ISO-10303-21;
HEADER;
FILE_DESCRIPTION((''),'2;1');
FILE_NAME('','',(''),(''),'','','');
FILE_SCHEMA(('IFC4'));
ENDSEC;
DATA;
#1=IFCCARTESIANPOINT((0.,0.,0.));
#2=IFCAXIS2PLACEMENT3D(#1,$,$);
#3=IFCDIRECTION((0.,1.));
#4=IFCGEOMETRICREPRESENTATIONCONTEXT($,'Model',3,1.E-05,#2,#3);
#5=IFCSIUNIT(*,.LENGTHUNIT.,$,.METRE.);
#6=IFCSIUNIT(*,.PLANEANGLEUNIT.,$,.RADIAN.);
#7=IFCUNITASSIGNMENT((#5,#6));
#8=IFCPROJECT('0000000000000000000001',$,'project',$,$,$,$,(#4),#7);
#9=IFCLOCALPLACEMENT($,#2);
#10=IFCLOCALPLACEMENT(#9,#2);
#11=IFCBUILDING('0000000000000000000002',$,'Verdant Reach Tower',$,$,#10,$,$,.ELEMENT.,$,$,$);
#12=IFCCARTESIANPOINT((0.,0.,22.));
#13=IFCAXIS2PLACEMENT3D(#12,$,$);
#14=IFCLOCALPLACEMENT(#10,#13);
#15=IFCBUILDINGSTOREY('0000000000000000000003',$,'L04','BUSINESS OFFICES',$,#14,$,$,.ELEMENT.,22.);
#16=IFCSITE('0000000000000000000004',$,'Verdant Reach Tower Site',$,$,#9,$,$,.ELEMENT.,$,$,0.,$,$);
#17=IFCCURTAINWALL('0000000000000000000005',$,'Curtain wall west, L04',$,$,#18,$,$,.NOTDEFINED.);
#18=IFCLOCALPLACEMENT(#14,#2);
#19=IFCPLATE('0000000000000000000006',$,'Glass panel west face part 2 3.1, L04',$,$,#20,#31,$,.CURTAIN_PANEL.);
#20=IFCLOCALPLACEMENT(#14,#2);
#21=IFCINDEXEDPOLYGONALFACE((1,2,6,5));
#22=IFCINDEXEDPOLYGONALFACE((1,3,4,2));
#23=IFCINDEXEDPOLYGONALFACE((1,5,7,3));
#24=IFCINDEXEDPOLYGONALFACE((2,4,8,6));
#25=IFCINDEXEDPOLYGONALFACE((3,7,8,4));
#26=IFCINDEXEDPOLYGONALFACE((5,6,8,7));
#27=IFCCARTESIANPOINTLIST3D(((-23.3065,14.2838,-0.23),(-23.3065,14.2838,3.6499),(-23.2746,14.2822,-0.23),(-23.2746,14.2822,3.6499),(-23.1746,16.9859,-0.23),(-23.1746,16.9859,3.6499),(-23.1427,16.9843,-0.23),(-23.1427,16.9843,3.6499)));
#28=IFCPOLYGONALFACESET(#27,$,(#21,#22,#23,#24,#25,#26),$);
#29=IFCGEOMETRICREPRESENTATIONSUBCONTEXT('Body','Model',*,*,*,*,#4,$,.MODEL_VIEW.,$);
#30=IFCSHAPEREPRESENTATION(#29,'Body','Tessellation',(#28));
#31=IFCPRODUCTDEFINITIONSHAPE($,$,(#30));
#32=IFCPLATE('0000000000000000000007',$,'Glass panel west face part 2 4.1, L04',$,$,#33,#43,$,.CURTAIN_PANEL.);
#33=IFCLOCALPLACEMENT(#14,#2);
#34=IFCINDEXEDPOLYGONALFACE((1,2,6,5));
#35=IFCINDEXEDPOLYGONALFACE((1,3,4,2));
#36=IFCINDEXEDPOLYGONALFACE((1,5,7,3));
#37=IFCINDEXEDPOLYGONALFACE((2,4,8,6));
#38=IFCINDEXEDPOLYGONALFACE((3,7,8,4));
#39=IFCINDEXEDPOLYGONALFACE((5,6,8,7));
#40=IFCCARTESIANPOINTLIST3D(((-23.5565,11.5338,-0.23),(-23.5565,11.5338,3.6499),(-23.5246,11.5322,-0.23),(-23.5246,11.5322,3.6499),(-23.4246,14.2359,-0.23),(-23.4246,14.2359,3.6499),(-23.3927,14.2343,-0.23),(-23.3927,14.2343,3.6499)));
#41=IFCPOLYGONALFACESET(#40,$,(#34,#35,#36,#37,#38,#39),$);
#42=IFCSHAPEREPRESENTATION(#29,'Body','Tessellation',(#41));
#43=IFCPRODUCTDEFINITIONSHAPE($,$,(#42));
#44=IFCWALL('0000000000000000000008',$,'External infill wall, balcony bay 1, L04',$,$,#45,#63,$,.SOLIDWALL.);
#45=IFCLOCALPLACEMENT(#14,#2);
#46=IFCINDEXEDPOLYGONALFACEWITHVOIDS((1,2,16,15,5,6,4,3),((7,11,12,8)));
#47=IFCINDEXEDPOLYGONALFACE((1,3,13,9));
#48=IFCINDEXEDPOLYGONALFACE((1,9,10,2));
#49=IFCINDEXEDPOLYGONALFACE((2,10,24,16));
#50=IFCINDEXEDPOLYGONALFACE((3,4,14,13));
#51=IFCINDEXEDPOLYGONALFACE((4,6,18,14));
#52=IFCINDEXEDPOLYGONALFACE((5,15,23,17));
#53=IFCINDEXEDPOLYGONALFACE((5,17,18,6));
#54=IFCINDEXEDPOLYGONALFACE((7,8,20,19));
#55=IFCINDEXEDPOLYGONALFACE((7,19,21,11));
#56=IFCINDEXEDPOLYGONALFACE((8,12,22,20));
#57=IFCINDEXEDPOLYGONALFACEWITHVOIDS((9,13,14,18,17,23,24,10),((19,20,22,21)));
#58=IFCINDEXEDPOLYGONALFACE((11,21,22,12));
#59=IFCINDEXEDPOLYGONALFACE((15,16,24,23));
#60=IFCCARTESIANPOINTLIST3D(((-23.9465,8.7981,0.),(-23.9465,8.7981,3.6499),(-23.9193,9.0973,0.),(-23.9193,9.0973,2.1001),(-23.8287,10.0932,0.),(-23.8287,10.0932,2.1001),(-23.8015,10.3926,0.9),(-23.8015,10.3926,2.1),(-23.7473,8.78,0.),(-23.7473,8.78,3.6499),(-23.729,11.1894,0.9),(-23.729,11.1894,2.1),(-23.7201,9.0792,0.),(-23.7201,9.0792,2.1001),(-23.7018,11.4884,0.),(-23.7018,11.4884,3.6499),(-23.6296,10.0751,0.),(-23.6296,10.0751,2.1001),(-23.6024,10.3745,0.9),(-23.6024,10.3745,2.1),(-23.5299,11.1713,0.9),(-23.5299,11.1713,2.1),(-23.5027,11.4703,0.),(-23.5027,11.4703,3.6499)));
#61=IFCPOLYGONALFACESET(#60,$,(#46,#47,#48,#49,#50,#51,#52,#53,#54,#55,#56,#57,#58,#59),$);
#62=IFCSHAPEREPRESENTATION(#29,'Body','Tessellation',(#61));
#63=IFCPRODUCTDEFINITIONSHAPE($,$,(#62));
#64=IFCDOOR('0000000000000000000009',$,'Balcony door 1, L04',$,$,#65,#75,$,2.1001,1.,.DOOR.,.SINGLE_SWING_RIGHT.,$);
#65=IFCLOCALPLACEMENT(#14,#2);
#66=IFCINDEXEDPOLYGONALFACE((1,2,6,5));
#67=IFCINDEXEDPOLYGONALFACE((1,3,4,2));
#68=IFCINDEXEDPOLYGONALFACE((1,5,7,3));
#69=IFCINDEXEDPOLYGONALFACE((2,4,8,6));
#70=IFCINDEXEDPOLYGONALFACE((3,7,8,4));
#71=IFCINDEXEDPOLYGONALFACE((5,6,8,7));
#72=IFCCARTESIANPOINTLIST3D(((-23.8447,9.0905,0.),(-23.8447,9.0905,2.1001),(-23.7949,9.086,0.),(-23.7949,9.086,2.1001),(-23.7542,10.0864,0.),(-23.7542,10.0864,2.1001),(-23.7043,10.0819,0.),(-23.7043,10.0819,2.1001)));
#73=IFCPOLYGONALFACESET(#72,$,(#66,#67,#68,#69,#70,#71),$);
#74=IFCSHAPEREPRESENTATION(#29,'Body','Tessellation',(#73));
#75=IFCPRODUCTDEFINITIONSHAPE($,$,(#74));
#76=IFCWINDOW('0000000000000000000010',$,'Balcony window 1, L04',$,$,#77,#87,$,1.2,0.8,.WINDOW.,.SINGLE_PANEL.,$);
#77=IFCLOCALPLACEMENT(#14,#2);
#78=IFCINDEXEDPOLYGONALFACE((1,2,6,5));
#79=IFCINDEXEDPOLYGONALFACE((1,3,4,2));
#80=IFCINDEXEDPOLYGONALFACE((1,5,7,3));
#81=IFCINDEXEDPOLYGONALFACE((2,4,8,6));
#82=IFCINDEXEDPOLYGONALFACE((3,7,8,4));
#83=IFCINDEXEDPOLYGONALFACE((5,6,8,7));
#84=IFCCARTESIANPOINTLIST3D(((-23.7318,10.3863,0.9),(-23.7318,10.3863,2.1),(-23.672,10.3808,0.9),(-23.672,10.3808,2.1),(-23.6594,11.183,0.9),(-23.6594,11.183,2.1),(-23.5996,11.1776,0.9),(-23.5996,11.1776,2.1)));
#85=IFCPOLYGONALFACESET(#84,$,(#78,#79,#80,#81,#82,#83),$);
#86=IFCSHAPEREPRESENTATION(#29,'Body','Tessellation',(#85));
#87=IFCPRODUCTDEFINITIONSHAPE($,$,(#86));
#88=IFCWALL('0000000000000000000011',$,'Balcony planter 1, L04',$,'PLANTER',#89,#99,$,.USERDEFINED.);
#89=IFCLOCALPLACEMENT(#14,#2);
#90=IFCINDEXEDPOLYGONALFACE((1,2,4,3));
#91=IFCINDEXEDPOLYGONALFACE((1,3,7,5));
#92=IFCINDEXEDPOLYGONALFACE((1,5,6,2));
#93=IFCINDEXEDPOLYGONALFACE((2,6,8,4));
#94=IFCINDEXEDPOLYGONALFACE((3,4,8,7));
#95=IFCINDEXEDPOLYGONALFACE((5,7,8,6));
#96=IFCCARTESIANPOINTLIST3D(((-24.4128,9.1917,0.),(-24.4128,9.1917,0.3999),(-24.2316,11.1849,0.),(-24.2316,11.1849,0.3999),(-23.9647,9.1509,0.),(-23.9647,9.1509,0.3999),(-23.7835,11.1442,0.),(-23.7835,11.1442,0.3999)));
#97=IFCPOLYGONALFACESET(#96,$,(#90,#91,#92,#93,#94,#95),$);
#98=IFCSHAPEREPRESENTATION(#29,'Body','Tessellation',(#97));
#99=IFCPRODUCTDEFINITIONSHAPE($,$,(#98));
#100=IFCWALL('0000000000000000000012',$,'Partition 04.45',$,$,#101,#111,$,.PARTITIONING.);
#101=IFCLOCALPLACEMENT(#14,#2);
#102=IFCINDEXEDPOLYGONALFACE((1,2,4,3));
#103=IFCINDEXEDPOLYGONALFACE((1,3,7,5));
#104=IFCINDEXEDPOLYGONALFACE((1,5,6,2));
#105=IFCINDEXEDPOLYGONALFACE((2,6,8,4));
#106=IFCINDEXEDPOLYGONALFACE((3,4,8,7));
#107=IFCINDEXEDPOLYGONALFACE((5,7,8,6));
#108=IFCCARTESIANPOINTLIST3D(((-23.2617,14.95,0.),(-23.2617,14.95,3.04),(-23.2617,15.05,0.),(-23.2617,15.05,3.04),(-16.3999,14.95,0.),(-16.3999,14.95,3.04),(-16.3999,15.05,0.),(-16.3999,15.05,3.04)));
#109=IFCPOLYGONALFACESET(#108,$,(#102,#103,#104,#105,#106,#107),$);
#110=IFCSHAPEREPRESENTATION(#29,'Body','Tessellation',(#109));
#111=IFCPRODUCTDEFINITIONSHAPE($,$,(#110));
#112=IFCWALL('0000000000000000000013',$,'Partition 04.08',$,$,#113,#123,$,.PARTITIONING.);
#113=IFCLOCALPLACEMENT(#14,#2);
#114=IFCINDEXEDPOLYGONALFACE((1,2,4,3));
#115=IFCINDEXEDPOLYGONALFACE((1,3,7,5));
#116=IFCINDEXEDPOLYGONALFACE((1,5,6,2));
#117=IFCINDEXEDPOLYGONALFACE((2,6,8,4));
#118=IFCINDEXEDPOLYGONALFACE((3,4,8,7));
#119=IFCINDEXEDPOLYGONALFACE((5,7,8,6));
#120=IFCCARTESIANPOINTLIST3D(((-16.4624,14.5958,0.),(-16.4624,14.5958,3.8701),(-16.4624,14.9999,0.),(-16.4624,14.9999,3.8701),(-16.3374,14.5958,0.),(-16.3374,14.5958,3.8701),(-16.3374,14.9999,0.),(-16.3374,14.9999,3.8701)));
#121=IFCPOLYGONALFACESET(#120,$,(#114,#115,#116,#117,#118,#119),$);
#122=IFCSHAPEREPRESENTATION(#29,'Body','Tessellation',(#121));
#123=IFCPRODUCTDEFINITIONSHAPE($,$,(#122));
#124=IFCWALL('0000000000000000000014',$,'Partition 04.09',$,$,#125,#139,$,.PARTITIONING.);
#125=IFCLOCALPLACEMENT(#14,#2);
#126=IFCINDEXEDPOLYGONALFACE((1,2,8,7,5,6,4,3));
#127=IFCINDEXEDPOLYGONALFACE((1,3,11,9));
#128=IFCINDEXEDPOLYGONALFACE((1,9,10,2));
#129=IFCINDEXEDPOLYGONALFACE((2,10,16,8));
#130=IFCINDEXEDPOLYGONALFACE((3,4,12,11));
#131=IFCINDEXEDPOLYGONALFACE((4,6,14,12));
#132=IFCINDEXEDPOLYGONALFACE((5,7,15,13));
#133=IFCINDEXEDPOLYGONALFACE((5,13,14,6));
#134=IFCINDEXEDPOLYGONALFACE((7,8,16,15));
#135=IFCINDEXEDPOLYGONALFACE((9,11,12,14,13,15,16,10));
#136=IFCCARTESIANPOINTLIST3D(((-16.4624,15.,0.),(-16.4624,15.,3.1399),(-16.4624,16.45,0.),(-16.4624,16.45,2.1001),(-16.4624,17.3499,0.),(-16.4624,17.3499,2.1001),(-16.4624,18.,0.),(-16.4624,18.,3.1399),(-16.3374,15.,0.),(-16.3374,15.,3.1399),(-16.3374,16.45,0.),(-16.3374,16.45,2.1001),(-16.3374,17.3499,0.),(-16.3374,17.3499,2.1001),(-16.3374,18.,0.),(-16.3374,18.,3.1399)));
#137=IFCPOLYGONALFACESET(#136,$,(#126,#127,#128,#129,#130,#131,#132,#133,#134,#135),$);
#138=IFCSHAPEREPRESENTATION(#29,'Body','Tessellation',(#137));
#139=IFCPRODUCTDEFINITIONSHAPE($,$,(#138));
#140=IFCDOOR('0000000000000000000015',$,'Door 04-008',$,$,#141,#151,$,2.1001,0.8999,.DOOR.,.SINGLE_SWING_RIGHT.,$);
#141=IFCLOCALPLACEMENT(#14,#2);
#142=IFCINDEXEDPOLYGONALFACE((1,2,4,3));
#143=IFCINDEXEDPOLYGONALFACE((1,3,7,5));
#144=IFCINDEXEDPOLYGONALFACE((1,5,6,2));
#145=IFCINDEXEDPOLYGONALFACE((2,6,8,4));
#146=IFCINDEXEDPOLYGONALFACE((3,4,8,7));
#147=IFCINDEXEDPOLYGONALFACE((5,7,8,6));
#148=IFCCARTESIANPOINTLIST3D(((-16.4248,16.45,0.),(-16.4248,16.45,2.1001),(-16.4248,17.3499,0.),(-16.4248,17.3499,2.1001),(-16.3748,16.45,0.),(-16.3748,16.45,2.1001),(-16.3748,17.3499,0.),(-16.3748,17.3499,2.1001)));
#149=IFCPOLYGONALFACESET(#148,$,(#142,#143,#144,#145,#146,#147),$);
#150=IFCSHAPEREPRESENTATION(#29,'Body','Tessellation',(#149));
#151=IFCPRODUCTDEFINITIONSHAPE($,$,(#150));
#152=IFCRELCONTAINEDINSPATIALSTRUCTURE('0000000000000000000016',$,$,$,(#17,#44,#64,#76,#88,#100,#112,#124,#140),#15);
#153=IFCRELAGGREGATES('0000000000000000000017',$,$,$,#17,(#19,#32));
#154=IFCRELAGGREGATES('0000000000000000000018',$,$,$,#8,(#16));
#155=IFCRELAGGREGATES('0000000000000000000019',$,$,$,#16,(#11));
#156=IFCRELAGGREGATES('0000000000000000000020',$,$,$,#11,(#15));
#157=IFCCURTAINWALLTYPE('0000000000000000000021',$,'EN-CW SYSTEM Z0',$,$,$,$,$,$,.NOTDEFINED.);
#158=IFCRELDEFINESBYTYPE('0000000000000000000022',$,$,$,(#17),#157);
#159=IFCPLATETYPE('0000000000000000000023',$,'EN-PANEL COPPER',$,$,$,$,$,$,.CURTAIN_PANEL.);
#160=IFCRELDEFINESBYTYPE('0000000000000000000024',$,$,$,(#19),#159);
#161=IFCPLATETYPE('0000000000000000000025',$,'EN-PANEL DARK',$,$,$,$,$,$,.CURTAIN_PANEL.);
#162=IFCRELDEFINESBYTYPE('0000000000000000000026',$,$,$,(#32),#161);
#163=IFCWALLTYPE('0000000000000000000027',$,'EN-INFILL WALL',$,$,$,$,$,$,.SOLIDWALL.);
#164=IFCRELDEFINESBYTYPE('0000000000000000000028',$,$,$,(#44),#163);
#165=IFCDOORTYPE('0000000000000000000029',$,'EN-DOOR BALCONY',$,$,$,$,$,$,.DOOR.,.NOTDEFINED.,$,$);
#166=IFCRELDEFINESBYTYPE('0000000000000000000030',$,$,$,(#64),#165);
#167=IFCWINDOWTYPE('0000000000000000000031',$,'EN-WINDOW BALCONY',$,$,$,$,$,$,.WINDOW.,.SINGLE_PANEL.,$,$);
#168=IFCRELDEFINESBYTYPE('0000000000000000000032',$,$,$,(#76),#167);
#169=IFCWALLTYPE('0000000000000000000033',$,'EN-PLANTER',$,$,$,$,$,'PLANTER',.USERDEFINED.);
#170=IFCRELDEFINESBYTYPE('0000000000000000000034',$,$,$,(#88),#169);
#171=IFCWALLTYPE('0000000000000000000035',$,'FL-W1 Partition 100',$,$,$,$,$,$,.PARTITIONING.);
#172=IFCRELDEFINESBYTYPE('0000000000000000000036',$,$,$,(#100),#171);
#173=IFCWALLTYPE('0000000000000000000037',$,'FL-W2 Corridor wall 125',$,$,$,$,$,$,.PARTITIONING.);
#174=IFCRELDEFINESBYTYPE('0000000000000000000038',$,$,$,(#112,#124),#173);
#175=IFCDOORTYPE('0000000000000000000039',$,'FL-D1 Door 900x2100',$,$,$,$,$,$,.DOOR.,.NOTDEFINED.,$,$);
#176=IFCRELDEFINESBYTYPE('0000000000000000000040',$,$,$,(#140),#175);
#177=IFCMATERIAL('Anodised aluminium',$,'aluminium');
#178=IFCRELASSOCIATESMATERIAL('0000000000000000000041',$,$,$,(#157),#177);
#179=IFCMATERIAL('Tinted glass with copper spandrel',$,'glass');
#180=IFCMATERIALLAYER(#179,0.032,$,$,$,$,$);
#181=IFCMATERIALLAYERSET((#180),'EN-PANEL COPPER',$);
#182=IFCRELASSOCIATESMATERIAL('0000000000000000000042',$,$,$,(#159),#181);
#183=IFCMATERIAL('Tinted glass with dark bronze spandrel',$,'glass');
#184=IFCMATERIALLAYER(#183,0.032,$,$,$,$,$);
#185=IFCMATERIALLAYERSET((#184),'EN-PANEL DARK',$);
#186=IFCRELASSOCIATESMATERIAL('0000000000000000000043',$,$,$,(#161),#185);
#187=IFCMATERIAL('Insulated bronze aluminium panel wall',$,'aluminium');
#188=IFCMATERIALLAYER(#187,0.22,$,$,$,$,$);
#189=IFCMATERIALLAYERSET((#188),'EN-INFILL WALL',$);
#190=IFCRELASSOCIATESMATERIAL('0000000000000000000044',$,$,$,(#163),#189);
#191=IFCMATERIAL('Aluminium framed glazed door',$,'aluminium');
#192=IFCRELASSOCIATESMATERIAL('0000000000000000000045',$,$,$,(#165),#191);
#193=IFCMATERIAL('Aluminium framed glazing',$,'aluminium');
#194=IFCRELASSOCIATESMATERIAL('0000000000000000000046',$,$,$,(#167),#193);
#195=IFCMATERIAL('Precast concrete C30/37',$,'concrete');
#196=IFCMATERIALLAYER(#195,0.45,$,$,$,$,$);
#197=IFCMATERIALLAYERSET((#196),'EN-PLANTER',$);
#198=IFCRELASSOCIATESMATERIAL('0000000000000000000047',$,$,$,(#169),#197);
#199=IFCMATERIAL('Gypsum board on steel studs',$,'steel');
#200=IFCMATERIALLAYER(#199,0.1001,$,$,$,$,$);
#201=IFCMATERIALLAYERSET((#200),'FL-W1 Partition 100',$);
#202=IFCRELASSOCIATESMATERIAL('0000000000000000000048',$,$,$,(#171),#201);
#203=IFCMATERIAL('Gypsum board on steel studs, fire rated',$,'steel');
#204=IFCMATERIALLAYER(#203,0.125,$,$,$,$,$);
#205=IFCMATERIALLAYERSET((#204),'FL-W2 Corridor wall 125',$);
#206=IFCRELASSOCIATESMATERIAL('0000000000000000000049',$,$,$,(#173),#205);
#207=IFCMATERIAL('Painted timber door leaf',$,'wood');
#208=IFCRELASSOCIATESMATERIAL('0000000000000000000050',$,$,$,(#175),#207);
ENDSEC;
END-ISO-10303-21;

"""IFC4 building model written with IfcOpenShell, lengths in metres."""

from ifc_helpers import new_model, si_unit, direction, frame, frame_2d, origin, origin_2d, place, context, subcontext, project, spatial, rectangle, extrude, material, layer, layer_set, type_object, element, fill, aggregate, save


model = new_model("IFC4")

# Units and contexts
model_context = context("Model", 3, precision=1e-05, world=origin(), true_north=direction((0.0, 1.0)))
body_context = subcontext(model_context, "Body", "Model", "MODEL_VIEW")
ifc_project = project(units=[si_unit("LENGTHUNIT", "METRE"), si_unit("PLANEANGLEUNIT", "RADIAN")], contexts=[model_context])

# Site, building, storey
site_placement = place(None, origin())
site = spatial("IfcSite", under=ifc_project, at=site_placement, Name="Verdant Reach Tower Site", CompositionType="ELEMENT", RefElevation=0.0)
building_placement = place(site_placement, origin())
building = spatial("IfcBuilding", under=site, at=building_placement, Name="Verdant Reach Tower", CompositionType="ELEMENT")
storey_placement = place(building_placement, frame((0.0, 0.0, 22.0)))
storey = spatial("IfcBuildingStorey", under=building, at=storey_placement, Name="L04", Description="BUSINESS OFFICES", CompositionType="ELEMENT", Elevation=22.0)

# Curtain wall
ifc_material_1 = material(Name="Anodised aluminium", Category="aluminium")
curtain_wall_type = type_object("IfcCurtainWallType", Name="EN-CW SYSTEM Z0", PredefinedType="NOTDEFINED", material=ifc_material_1)
curtain_wall_placement = place(storey_placement, origin())
curtain_wall = element("IfcCurtainWall", 1, at=curtain_wall_placement, inside=storey, type_object=curtain_wall_type, Name="Curtain wall west, L04", PredefinedType="NOTDEFINED")

# Plates
ifc_material_2 = material(Name="Tinted glass with copper spandrel", Category="glass")
ifc_layer_1 = layer(ifc_material_2, 0.032)
ifc_layer_set_1 = layer_set([ifc_layer_1], Name="EN-PANEL COPPER")
plate_type_1 = type_object("IfcPlateType", Name="EN-PANEL COPPER", PredefinedType="CURTAIN_PANEL", material=ifc_layer_set_1)
plate_1_placement = place(storey_placement, frame((-23.2246, 15.634, -0.23), z_axis=(0.0, 0.0, 1.0), x_axis=(-0.048753, -0.998811, 0.0)))
plate_1 = element("IfcPlate", 2, at=plate_1_placement, type_object=plate_type_1, Name="Glass panel west face part 2 3.1, L04", PredefinedType="CURTAIN_PANEL", context=body_context, shape_type="SweptSolid", body=[
    extrude(rectangle(XDim=2.7053, YDim=0.032, at=origin_2d()), origin(), (0.0, 0.0, 1.0), 3.8799),
])
ifc_material_3 = material(Name="Tinted glass with dark bronze spandrel", Category="glass")
ifc_layer_2 = layer(ifc_material_3, 0.032)
ifc_layer_set_2 = layer_set([ifc_layer_2], Name="EN-PANEL DARK")
plate_type_2 = type_object("IfcPlateType", Name="EN-PANEL DARK", PredefinedType="CURTAIN_PANEL", material=ifc_layer_set_2)
plate_2_placement = place(storey_placement, frame((-23.4746, 12.884, -0.23), z_axis=(0.0, 0.0, 1.0), x_axis=(-0.048753, -0.998811, 0.0)))
plate_2 = element("IfcPlate", 3, at=plate_2_placement, type_object=plate_type_2, Name="Glass panel west face part 2 4.1, L04", PredefinedType="CURTAIN_PANEL", context=body_context, shape_type="SweptSolid", body=[
    extrude(rectangle(XDim=2.7053, YDim=0.032, at=origin_2d()), origin(), (0.0, 0.0, 1.0), 3.8799),
])
aggregate(curtain_wall, [plate_1, plate_2])

# Wall, openings, door, window
ifc_material_4 = material(Name="Insulated bronze aluminium panel wall", Category="aluminium")
ifc_layer_3 = layer(ifc_material_4, 0.22)
ifc_layer_set_3 = layer_set([ifc_layer_3], Name="EN-INFILL WALL")
wall_type_1 = type_object("IfcWallType", Name="EN-INFILL WALL", PredefinedType="SOLIDWALL", material=ifc_layer_set_3)
wall_1_placement = place(storey_placement, frame((-23.6023, 11.4792, 0.0), z_axis=(0.0, 0.0, 1.0), x_axis=(-0.090552, -0.995892, 0.0)))
wall_1 = element("IfcWall", 4, at=wall_1_placement, inside=storey, type_object=wall_type_1, Name="External infill wall, balcony bay 1, L04", PredefinedType="SOLIDWALL", context=body_context, shape_type="SweptSolid", body=[
    extrude(rectangle(XDim=2.7014, YDim=0.2, at=frame_2d((1.3506, 0.0))), origin(), (0.0, 0.0, 1.0), 3.6499),
])
opening_1_placement = place(wall_1_placement, frame((1.4009, 0.0, 0.0)))
opening_1 = element("IfcOpeningElement", 5, at=opening_1_placement, cuts=wall_1, PredefinedType="OPENING", context=body_context, shape_type="SweptSolid", body=[
    extrude(rectangle(XDim=1.0, YDim=2.1001, at=frame_2d((0.5, 1.05))), frame((0.0, 0.1099, 0.0), z_axis=(0.0, -1.0, 0.0), x_axis=(1.0, 0.0, 0.0)), (0.0, 0.0, 1.0), 0.22),
])
opening_2_placement = place(wall_1_placement, frame((0.3003, 0.0, 0.8999)))
opening_2 = element("IfcOpeningElement", 6, at=opening_2_placement, cuts=wall_1, PredefinedType="OPENING", context=body_context, shape_type="SweptSolid", body=[
    extrude(rectangle(XDim=0.8, YDim=1.2, at=frame_2d((0.3999, 0.6001))), frame((0.0, 0.1099, 0.0), z_axis=(0.0, -1.0, 0.0), x_axis=(1.0, 0.0, 0.0)), (0.0, 0.0, 1.0), 0.22),
])
ifc_material_5 = material(Name="Aluminium framed glazed door", Category="aluminium")
door_type_1 = type_object("IfcDoorType", Name="EN-DOOR BALCONY", OperationType="NOTDEFINED", PredefinedType="DOOR", material=ifc_material_5)
door_1_placement = place(opening_1_placement, origin())
door_1 = element("IfcDoor", 7, at=door_1_placement, inside=storey, type_object=door_type_1, Name="Balcony door 1, L04", OperationType="SINGLE_SWING_RIGHT", OverallHeight=2.1001, OverallWidth=1.0, PredefinedType="DOOR", context=body_context, shape_type="SweptSolid", body=[
    extrude(rectangle(XDim=1.0, YDim=2.1001, at=frame_2d((0.5, 1.05))), frame((0.0, 0.0249, 0.0), z_axis=(0.0, -1.0, 0.0), x_axis=(1.0, 0.0, 0.0)), (0.0, 0.0, 1.0), 0.05),
])
fill(opening_1, door_1)
ifc_material_6 = material(Name="Aluminium framed glazing", Category="aluminium")
window_type = type_object("IfcWindowType", Name="EN-WINDOW BALCONY", PartitioningType="SINGLE_PANEL", PredefinedType="WINDOW", material=ifc_material_6)
window_placement = place(opening_2_placement, origin())
window = element("IfcWindow", 8, at=window_placement, inside=storey, type_object=window_type, Name="Balcony window 1, L04", OverallHeight=1.2, OverallWidth=0.8, PartitioningType="SINGLE_PANEL", PredefinedType="WINDOW", context=body_context, shape_type="SweptSolid", body=[
    extrude(rectangle(XDim=0.8, YDim=1.2, at=frame_2d((0.3999, 0.6001))), frame((0.0, 0.03, 0.0), z_axis=(0.0, -1.0, 0.0), x_axis=(1.0, 0.0, 0.0)), (0.0, 0.0, 1.0), 0.0601),
])
fill(opening_2, window)

# Walls
ifc_material_7 = material(Name="Precast concrete C30/37", Category="concrete")
ifc_layer_4 = layer(ifc_material_7, 0.45)
ifc_layer_set_4 = layer_set([ifc_layer_4], Name="EN-PLANTER")
wall_type_2 = type_object("IfcWallType", Name="EN-PLANTER", ElementType="PLANTER", PredefinedType="USERDEFINED", material=ifc_layer_set_4)
wall_2_placement = place(storey_placement, frame((-24.0076, 11.1646, 0.0), z_axis=(0.0, 0.0, 1.0), x_axis=(-0.090514, -0.995895, 0.0)))
element("IfcWall", 9, at=wall_2_placement, inside=storey, type_object=wall_type_2, Name="Balcony planter 1, L04", ObjectType="PLANTER", PredefinedType="USERDEFINED", context=body_context, shape_type="SweptSolid", body=[
    extrude(rectangle(XDim=2.0015, YDim=0.45, at=frame_2d((1.0007, 0.0))), origin(), (0.0, 0.0, 1.0), 0.3999),
])
ifc_material_8 = material(Name="Gypsum board on steel studs", Category="steel")
ifc_layer_5 = layer(ifc_material_8, 0.1001)
ifc_layer_set_5 = layer_set([ifc_layer_5], Name="FL-W1 Partition 100")
wall_type_3 = type_object("IfcWallType", Name="FL-W1 Partition 100", PredefinedType="PARTITIONING", material=ifc_layer_set_5)
wall_3_placement = place(storey_placement, frame((-16.3999, 15.0, 0.0), z_axis=(0.0, 0.0, 1.0), x_axis=(-1.0, 0.0, 0.0)))
element("IfcWall", 10, at=wall_3_placement, inside=storey, type_object=wall_type_3, Name="Partition 04.45", PredefinedType="PARTITIONING", context=body_context, shape_type="SweptSolid", body=[
    extrude(rectangle(XDim=6.8618, YDim=0.1001, at=frame_2d((3.4309, 0.0))), origin(), (0.0, 0.0, 1.0), 3.04),
])
ifc_material_9 = material(Name="Gypsum board on steel studs, fire rated", Category="steel")
ifc_layer_6 = layer(ifc_material_9, 0.125)
ifc_layer_set_6 = layer_set([ifc_layer_6], Name="FL-W2 Corridor wall 125")
wall_type_4 = type_object("IfcWallType", Name="FL-W2 Corridor wall 125", PredefinedType="PARTITIONING", material=ifc_layer_set_6)
wall_4_placement = place(storey_placement, frame((-16.3999, 15.0, 0.0), z_axis=(0.0, 0.0, 1.0), x_axis=(0.0, -1.0, 0.0)))
element("IfcWall", 11, at=wall_4_placement, inside=storey, type_object=wall_type_4, Name="Partition 04.08", PredefinedType="PARTITIONING", context=body_context, shape_type="SweptSolid", body=[
    extrude(rectangle(XDim=0.4041, YDim=0.125, at=frame_2d((0.2021, 0.0))), origin(), (0.0, 0.0, 1.0), 3.8701),
])

# Wall, opening, door
wall_5_placement = place(storey_placement, frame((-16.3999, 15.0, 0.0), z_axis=(0.0, 0.0, 1.0), x_axis=(0.0, 1.0, 0.0)))
wall_5 = element("IfcWall", 12, at=wall_5_placement, inside=storey, type_object=wall_type_4, Name="Partition 04.09", PredefinedType="PARTITIONING", context=body_context, shape_type="SweptSolid", body=[
    extrude(rectangle(XDim=3.0, YDim=0.125, at=frame_2d((1.5, 0.0))), origin(), (0.0, 0.0, 1.0), 3.1399),
])
opening_3_placement = place(wall_5_placement, frame((1.45, 0.0, 0.0)))
opening_3 = element("IfcOpeningElement", 13, at=opening_3_placement, cuts=wall_5, PredefinedType="OPENING", context=body_context, shape_type="SweptSolid", body=[
    extrude(rectangle(XDim=0.8999, YDim=2.1001, at=frame_2d((0.45, 1.05))), frame((0.0, 0.0725, 0.0), z_axis=(0.0, -1.0, 0.0), x_axis=(1.0, 0.0, 0.0)), (0.0, 0.0, 1.0), 0.145),
])
ifc_material_10 = material(Name="Painted timber door leaf", Category="wood")
door_type_2 = type_object("IfcDoorType", Name="FL-D1 Door 900x2100", OperationType="NOTDEFINED", PredefinedType="DOOR", material=ifc_material_10)
door_2_placement = place(opening_3_placement, origin())
door_2 = element("IfcDoor", 14, at=door_2_placement, inside=storey, type_object=door_type_2, Name="Door 04-008", OperationType="SINGLE_SWING_RIGHT", OverallHeight=2.1001, OverallWidth=0.8999, PredefinedType="DOOR", context=body_context, shape_type="SweptSolid", body=[
    extrude(rectangle(XDim=0.8999, YDim=2.1001, at=frame_2d((0.45, 1.05))), frame((0.0, 0.0249, 0.0), z_axis=(0.0, -1.0, 0.0), x_axis=(1.0, 0.0, 0.0)), (0.0, 0.0, 1.0), 0.05),
])
fill(opening_3, door_2)

save(model, "model.ifc")
